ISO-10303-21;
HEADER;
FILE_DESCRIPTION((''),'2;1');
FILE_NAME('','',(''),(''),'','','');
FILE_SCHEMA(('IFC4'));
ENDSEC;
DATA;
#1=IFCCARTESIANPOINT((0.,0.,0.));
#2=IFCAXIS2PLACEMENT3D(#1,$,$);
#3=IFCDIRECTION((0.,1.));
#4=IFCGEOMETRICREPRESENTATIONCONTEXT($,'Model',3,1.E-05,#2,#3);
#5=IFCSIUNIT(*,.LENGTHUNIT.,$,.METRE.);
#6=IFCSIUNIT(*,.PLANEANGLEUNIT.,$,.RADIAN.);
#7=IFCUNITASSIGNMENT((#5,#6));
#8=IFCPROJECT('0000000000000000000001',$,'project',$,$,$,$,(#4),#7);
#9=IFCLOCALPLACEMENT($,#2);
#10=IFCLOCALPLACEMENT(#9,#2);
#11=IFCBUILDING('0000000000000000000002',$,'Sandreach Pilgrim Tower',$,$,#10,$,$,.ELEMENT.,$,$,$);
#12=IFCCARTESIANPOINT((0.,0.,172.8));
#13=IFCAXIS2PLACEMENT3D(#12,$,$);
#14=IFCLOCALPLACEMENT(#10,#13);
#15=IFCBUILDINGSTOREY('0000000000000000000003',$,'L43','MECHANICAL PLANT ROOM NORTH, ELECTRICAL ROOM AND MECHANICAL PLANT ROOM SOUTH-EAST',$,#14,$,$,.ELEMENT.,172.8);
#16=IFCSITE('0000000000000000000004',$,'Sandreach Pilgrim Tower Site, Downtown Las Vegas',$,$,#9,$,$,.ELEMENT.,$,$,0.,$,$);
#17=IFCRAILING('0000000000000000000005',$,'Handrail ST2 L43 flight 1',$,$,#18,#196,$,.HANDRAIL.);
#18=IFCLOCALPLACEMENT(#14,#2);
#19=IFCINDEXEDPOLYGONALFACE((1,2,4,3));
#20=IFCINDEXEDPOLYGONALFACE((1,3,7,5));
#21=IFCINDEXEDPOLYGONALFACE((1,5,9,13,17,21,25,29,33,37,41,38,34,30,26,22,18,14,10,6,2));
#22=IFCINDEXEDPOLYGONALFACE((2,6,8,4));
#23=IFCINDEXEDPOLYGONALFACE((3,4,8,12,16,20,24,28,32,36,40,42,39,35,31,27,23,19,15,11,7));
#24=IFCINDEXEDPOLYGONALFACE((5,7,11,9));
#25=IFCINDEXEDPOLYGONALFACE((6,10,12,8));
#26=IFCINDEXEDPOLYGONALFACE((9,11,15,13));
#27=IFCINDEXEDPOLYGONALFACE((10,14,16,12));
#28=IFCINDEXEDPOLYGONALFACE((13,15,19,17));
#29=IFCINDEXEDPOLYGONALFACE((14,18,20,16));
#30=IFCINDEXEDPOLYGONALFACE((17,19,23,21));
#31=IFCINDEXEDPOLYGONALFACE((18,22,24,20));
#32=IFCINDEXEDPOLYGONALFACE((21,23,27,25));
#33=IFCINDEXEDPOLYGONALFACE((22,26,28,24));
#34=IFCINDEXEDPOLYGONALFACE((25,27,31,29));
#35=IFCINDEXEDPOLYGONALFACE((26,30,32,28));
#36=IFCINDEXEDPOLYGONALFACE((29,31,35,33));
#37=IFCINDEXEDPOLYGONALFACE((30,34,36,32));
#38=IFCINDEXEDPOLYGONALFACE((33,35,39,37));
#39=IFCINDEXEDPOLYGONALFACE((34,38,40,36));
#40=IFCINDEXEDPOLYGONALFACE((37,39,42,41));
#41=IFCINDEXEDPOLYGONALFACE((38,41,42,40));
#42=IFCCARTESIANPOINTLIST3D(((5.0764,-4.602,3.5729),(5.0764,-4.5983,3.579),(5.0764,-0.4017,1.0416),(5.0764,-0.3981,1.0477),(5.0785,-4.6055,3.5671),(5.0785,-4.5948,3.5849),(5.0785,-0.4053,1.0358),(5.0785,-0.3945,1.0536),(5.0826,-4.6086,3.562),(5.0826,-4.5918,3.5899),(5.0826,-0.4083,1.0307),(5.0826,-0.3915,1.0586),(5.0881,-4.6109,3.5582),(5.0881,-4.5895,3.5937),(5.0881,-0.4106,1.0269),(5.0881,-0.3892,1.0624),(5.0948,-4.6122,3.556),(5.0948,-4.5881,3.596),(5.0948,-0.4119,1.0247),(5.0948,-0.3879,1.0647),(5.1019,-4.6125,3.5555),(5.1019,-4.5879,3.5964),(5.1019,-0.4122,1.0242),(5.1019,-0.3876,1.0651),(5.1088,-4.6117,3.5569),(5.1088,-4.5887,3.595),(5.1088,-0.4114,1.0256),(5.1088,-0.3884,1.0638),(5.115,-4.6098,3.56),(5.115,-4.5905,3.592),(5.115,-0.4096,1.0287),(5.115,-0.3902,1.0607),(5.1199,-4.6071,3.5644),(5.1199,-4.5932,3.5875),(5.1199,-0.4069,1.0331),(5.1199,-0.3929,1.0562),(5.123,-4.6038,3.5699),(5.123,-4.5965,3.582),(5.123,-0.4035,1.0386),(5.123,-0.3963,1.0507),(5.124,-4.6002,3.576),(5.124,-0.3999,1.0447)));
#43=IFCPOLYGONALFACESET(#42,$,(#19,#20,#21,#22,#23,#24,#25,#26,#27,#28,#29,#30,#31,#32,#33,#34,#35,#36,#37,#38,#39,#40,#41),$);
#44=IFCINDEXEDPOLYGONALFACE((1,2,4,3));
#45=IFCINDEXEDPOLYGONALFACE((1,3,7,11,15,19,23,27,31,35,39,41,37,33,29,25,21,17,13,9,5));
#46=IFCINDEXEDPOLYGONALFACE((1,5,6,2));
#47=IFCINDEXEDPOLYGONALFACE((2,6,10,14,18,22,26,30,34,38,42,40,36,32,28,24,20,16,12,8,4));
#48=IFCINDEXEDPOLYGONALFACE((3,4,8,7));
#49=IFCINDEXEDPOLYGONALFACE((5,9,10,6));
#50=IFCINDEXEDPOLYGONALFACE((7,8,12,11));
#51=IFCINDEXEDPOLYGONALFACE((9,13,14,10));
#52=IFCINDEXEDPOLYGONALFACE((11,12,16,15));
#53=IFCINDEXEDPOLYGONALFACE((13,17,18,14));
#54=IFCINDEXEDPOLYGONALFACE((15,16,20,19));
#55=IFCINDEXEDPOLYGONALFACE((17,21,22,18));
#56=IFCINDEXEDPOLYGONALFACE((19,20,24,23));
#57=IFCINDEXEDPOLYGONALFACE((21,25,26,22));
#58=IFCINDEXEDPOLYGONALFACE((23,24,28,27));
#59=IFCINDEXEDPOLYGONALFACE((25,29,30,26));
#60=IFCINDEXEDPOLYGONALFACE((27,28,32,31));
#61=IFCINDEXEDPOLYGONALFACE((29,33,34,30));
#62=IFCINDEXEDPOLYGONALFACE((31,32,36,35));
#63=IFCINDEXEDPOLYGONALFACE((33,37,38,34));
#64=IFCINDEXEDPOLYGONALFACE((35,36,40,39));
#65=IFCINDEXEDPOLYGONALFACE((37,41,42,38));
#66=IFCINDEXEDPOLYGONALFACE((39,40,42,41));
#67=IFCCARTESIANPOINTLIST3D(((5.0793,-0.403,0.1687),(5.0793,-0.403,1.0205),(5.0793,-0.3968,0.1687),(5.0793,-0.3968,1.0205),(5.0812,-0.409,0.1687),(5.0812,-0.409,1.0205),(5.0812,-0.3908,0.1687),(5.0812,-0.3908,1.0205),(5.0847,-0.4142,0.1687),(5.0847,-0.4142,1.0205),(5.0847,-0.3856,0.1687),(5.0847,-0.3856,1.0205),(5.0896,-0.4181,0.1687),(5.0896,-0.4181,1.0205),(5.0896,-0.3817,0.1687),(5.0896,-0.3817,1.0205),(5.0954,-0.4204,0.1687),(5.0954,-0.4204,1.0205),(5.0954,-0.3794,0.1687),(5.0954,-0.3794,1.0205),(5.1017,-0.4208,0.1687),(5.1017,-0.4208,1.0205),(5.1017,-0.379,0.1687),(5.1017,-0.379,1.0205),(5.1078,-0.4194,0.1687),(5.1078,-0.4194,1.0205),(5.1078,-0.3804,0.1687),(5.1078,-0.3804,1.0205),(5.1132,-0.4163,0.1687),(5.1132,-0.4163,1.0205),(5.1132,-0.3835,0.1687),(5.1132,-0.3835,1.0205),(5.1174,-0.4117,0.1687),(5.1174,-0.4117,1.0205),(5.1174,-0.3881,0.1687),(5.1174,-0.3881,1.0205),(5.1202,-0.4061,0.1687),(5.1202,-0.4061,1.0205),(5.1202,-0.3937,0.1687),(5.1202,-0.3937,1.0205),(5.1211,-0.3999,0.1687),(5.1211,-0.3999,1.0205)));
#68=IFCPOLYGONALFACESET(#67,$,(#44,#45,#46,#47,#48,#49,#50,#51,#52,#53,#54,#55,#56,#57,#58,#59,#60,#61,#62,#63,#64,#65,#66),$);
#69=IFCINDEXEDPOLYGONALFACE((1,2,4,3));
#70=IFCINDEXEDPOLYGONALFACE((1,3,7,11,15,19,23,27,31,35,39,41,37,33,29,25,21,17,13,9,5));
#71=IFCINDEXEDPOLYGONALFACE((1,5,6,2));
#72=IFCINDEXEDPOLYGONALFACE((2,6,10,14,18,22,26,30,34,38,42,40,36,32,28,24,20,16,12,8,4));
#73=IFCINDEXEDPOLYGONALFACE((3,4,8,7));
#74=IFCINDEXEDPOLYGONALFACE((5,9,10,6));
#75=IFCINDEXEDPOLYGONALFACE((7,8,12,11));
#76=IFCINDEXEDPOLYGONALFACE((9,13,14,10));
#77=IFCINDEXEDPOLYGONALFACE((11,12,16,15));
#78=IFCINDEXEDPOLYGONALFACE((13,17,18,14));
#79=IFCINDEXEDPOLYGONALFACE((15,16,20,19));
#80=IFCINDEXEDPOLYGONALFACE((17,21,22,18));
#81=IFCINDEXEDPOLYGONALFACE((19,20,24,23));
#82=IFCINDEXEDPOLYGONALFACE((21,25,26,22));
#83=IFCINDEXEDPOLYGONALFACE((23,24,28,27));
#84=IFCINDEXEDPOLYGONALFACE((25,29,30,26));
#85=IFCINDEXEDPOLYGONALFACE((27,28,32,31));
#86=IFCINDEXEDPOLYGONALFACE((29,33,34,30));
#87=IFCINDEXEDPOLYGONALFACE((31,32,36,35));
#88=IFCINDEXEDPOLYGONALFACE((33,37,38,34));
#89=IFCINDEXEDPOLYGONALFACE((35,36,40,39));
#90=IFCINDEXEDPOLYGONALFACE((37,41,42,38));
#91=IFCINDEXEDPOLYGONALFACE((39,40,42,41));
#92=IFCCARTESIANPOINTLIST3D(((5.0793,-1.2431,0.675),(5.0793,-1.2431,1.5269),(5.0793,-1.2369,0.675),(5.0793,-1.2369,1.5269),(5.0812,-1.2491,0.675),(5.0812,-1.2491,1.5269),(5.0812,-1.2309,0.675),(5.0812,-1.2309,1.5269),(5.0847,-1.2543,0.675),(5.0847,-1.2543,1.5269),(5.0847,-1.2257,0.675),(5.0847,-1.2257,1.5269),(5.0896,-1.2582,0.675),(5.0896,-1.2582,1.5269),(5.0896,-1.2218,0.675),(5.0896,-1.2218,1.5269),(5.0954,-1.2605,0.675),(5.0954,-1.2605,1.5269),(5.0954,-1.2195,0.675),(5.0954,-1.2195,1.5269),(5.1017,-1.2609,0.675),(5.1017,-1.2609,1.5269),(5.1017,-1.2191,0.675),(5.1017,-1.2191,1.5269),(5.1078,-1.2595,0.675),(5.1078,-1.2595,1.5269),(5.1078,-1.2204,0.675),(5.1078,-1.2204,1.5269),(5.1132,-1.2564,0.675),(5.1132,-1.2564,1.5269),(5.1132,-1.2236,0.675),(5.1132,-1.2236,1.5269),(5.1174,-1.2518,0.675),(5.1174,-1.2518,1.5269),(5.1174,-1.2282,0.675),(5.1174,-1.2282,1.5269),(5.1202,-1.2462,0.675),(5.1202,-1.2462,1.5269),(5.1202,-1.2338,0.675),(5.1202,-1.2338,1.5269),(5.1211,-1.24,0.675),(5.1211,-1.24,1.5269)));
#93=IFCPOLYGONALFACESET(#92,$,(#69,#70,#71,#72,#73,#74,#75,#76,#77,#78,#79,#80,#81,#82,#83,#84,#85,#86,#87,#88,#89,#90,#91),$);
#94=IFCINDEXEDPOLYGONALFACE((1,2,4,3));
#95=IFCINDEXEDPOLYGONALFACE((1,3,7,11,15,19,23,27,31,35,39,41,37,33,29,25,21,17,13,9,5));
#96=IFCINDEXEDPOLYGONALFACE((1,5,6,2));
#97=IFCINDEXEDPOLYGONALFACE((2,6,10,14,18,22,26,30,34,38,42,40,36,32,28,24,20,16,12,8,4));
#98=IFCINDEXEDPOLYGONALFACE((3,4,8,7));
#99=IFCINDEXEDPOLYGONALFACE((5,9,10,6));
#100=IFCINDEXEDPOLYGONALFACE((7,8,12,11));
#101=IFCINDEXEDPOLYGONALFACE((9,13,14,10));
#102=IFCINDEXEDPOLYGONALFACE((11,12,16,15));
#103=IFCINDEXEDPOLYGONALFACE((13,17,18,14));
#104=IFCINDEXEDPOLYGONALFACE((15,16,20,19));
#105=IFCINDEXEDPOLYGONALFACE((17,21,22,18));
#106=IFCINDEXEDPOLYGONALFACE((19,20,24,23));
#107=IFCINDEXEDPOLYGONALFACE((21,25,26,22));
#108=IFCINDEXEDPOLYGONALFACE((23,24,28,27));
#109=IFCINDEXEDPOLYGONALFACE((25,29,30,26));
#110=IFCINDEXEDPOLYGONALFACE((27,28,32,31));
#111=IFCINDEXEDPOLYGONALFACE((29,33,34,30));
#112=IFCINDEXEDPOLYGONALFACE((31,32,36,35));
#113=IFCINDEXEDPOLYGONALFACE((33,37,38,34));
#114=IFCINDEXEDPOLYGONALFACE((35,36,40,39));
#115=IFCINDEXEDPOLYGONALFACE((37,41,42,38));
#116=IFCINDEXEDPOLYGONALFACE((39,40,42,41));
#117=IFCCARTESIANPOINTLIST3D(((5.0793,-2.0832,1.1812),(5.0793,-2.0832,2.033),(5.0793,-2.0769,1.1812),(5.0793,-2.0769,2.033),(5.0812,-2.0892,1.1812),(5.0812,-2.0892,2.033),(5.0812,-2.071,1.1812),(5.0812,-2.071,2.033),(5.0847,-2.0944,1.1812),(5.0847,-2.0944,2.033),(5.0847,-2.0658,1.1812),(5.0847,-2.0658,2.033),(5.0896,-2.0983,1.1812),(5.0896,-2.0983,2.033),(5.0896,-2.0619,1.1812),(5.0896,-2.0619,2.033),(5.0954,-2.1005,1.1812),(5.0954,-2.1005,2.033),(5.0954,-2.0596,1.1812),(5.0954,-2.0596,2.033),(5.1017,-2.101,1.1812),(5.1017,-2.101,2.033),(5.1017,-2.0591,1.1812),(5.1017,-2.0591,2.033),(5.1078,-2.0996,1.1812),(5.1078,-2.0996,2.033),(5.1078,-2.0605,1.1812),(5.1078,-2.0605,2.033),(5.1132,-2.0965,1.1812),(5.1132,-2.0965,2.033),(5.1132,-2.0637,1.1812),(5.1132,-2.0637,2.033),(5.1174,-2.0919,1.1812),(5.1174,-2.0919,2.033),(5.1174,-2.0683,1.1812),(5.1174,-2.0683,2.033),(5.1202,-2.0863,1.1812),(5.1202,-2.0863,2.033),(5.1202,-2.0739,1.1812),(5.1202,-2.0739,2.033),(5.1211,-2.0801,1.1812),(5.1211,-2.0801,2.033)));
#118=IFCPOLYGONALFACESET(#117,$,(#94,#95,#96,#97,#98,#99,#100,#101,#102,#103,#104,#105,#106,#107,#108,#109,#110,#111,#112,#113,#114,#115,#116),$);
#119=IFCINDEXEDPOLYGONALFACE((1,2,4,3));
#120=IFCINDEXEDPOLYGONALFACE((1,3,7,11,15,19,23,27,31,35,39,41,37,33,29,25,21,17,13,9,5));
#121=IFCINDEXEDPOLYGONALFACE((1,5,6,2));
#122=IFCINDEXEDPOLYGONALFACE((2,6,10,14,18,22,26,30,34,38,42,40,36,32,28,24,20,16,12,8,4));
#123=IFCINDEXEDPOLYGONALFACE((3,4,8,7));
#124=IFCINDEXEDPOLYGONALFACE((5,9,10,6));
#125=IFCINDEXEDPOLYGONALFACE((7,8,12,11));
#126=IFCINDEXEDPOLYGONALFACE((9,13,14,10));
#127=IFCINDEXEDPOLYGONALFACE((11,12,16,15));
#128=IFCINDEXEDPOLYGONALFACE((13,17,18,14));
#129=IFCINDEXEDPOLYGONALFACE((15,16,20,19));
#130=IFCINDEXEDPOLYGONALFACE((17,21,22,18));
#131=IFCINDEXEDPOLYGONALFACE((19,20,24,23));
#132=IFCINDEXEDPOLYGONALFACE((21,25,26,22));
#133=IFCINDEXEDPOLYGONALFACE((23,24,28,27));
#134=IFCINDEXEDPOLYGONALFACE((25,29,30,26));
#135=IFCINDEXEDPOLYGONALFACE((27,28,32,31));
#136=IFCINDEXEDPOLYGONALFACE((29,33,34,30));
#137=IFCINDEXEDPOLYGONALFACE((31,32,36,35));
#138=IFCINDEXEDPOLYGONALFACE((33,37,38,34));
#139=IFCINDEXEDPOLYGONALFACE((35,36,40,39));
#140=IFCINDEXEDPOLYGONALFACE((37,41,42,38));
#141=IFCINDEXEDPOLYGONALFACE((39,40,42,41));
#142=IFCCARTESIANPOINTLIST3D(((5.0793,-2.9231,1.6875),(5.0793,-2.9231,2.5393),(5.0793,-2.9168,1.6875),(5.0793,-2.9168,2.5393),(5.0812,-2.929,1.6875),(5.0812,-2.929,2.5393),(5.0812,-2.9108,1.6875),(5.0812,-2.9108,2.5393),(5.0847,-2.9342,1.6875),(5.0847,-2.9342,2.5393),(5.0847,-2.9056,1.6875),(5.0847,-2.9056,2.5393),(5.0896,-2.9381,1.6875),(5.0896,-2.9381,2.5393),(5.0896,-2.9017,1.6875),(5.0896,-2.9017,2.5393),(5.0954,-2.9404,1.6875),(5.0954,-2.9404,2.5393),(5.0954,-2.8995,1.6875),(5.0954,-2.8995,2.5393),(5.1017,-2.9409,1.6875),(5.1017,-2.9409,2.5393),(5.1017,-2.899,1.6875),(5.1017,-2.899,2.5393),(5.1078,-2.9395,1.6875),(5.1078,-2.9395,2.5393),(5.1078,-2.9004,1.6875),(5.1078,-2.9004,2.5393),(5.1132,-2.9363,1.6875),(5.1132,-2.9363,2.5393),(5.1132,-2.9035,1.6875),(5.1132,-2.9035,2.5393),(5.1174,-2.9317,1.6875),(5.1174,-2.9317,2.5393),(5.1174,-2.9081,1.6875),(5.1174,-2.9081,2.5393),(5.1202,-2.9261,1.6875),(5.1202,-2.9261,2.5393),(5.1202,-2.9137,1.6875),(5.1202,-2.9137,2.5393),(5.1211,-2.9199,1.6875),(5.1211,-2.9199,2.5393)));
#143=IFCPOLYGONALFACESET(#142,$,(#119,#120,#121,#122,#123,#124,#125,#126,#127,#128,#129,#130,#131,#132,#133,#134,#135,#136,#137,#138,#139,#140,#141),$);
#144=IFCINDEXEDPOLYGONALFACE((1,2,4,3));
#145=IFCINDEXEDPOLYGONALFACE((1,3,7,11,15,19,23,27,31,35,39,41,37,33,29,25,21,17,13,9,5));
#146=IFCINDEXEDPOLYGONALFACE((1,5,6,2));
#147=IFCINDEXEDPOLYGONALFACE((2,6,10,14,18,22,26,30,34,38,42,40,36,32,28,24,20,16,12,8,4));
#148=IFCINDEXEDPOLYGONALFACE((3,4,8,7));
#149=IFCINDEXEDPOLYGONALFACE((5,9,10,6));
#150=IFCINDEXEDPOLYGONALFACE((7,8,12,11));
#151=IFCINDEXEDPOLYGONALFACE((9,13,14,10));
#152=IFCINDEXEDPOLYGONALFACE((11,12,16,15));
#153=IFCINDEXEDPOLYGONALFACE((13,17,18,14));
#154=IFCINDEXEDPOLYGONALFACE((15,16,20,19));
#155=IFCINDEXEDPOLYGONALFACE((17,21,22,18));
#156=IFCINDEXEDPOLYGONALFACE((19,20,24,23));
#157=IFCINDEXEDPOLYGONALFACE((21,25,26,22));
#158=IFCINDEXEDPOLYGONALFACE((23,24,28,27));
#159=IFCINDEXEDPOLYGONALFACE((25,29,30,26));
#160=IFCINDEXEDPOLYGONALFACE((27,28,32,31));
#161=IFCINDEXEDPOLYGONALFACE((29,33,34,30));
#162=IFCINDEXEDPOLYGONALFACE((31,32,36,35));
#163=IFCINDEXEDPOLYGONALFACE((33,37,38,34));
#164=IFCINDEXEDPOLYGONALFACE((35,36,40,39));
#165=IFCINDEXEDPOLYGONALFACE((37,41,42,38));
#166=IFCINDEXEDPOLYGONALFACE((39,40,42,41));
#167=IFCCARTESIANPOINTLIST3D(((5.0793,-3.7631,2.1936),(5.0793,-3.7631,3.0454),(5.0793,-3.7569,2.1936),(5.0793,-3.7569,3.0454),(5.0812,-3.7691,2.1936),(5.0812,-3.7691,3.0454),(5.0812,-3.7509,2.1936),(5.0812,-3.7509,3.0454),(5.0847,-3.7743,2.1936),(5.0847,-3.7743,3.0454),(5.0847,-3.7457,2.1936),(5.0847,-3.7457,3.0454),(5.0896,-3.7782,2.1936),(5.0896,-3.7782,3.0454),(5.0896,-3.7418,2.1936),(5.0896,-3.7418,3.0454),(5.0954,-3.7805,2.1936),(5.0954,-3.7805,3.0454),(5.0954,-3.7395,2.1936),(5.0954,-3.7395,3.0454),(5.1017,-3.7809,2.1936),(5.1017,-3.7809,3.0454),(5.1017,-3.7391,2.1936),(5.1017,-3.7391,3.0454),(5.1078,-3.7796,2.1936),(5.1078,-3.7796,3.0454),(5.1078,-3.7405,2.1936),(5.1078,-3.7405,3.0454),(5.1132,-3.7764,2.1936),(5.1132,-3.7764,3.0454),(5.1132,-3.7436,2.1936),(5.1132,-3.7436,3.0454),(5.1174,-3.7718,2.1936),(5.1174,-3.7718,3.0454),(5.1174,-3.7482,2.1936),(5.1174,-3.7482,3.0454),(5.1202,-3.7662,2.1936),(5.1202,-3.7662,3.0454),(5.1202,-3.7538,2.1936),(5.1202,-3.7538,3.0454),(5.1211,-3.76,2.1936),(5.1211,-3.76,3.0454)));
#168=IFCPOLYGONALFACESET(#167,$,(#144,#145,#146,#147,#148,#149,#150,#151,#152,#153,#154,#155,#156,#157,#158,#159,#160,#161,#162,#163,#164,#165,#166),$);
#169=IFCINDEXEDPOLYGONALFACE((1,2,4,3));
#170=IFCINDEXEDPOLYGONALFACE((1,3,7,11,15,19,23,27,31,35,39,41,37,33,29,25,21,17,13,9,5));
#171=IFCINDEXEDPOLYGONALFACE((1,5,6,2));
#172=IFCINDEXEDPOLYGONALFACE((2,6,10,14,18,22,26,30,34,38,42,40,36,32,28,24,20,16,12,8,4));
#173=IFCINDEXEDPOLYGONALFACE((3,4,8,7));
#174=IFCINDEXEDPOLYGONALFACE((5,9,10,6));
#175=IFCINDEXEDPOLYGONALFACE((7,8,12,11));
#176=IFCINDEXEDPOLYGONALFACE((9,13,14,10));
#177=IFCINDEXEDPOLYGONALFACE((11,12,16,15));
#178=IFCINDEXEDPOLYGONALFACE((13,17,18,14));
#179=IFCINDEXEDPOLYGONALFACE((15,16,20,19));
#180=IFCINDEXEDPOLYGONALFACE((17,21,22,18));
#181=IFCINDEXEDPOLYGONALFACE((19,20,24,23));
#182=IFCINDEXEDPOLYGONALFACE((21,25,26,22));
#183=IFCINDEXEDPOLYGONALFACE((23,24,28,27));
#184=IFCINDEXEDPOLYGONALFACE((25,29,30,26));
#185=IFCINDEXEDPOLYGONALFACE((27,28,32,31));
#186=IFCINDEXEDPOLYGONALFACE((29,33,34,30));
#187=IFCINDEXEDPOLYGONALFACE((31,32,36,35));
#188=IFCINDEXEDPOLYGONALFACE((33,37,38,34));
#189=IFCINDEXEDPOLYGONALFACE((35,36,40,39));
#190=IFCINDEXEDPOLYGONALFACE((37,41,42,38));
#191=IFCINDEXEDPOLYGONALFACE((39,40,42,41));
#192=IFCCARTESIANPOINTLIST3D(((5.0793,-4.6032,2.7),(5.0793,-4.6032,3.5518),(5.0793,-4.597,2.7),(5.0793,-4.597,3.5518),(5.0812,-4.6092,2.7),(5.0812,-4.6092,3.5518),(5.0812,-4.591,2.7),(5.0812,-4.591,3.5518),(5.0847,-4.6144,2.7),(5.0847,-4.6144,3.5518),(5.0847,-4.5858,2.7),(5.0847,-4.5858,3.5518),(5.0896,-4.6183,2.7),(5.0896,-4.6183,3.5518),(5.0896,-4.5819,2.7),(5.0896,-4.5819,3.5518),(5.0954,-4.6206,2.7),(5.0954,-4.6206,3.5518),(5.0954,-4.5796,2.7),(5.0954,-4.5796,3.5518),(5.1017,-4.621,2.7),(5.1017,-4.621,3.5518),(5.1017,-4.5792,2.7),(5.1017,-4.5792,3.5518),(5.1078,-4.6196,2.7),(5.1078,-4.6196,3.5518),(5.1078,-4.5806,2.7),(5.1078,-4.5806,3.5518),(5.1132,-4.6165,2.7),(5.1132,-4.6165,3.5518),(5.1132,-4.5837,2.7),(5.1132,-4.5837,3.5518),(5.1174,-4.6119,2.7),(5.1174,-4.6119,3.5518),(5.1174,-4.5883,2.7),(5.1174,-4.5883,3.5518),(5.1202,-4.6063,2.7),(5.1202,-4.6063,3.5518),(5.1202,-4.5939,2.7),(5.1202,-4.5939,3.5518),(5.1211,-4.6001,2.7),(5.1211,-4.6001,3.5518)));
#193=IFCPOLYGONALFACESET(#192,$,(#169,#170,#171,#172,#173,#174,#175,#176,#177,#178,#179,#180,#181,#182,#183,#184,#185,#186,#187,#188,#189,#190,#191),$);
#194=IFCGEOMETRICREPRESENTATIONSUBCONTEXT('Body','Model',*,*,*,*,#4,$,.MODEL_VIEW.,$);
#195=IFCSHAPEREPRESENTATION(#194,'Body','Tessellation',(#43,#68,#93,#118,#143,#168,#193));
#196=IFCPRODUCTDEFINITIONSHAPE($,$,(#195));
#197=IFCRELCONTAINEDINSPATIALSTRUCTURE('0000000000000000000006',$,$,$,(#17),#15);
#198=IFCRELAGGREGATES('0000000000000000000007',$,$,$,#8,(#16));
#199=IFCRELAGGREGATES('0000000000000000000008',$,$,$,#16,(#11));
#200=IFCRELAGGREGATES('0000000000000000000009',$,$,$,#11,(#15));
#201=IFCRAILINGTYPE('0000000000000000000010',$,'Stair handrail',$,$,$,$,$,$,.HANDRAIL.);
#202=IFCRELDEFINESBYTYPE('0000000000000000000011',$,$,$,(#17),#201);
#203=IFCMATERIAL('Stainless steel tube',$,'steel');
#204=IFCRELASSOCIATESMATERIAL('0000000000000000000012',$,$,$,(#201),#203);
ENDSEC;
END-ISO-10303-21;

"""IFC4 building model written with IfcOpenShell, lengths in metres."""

from ifc_helpers import new_model, si_unit, direction, frame, origin, origin_2d, place, context, subcontext, project, spatial, circle, extrude, material, type_object, element, save


model = new_model("IFC4")

# Units and contexts
model_context = context("Model", 3, precision=1e-05, world=origin(), true_north=direction((0.0, 1.0)))
body_context = subcontext(model_context, "Body", "Model", "MODEL_VIEW")
ifc_project = project(units=[si_unit("LENGTHUNIT", "METRE"), si_unit("PLANEANGLEUNIT", "RADIAN")], contexts=[model_context])

# Site, building, storey
site_placement = place(None, origin())
site = spatial("IfcSite", under=ifc_project, at=site_placement, Name="Sandreach Pilgrim Tower Site, Downtown Las Vegas", CompositionType="ELEMENT", RefElevation=0.0)
building_placement = place(site_placement, origin())
building = spatial("IfcBuilding", under=site, at=building_placement, Name="Sandreach Pilgrim Tower", CompositionType="ELEMENT")
storey_placement = place(building_placement, frame((0.0, 0.0, 172.8)))
storey = spatial("IfcBuildingStorey", under=building, at=storey_placement, Name="L43", Description="MECHANICAL PLANT ROOM NORTH, ELECTRICAL ROOM AND MECHANICAL PLANT ROOM SOUTH-EAST", CompositionType="ELEMENT", Elevation=172.8)

# Railing
ifc_material_1 = material(Name="Stainless steel tube", Category="steel")
railing_type = type_object("IfcRailingType", Name="Stair handrail", PredefinedType="HANDRAIL", material=ifc_material_1)
for number, where, name in (
    (1, (5.1001, -0.3999, 0.1687), "Handrail ST2 L43 flight 1"),
):
    element("IfcRailing", number, at=place(storey_placement, frame(where)), inside=storey, type_object=railing_type, Name=name, PredefinedType="HANDRAIL", context=body_context, shape_type="SweptSolid", body=[
        extrude(circle(Radius=0.0239, at=origin_2d()), frame((0.0, 0.0, 0.876), z_axis=(0.0, -0.85649, 0.516164), x_axis=(1.0, 0.0, 0.0)), (0.0, 0.0, 1.0), 4.9041),
        extrude(circle(Radius=0.021, at=origin_2d()), origin(), (0.0, 0.0, 1.0), 0.8518),
        extrude(circle(Radius=0.021, at=origin_2d()), frame((0.0, -0.8401, 0.5063)), (0.0, 0.0, 1.0), 0.8518),
        extrude(circle(Radius=0.021, at=origin_2d()), frame((0.0, -1.6802, 1.0125)), (0.0, 0.0, 1.0), 0.8518),
        extrude(circle(Radius=0.021, at=origin_2d()), frame((0.0, -2.52, 1.5188)), (0.0, 0.0, 1.0), 0.8518),
        extrude(circle(Radius=0.021, at=origin_2d()), frame((0.0, -3.3601, 2.0249)), (0.0, 0.0, 1.0), 0.8518),
        extrude(circle(Radius=0.021, at=origin_2d()), frame((0.0, -4.2002, 2.5312)), (0.0, 0.0, 1.0), 0.8518),
    ])

save(model, "model.ifc")
